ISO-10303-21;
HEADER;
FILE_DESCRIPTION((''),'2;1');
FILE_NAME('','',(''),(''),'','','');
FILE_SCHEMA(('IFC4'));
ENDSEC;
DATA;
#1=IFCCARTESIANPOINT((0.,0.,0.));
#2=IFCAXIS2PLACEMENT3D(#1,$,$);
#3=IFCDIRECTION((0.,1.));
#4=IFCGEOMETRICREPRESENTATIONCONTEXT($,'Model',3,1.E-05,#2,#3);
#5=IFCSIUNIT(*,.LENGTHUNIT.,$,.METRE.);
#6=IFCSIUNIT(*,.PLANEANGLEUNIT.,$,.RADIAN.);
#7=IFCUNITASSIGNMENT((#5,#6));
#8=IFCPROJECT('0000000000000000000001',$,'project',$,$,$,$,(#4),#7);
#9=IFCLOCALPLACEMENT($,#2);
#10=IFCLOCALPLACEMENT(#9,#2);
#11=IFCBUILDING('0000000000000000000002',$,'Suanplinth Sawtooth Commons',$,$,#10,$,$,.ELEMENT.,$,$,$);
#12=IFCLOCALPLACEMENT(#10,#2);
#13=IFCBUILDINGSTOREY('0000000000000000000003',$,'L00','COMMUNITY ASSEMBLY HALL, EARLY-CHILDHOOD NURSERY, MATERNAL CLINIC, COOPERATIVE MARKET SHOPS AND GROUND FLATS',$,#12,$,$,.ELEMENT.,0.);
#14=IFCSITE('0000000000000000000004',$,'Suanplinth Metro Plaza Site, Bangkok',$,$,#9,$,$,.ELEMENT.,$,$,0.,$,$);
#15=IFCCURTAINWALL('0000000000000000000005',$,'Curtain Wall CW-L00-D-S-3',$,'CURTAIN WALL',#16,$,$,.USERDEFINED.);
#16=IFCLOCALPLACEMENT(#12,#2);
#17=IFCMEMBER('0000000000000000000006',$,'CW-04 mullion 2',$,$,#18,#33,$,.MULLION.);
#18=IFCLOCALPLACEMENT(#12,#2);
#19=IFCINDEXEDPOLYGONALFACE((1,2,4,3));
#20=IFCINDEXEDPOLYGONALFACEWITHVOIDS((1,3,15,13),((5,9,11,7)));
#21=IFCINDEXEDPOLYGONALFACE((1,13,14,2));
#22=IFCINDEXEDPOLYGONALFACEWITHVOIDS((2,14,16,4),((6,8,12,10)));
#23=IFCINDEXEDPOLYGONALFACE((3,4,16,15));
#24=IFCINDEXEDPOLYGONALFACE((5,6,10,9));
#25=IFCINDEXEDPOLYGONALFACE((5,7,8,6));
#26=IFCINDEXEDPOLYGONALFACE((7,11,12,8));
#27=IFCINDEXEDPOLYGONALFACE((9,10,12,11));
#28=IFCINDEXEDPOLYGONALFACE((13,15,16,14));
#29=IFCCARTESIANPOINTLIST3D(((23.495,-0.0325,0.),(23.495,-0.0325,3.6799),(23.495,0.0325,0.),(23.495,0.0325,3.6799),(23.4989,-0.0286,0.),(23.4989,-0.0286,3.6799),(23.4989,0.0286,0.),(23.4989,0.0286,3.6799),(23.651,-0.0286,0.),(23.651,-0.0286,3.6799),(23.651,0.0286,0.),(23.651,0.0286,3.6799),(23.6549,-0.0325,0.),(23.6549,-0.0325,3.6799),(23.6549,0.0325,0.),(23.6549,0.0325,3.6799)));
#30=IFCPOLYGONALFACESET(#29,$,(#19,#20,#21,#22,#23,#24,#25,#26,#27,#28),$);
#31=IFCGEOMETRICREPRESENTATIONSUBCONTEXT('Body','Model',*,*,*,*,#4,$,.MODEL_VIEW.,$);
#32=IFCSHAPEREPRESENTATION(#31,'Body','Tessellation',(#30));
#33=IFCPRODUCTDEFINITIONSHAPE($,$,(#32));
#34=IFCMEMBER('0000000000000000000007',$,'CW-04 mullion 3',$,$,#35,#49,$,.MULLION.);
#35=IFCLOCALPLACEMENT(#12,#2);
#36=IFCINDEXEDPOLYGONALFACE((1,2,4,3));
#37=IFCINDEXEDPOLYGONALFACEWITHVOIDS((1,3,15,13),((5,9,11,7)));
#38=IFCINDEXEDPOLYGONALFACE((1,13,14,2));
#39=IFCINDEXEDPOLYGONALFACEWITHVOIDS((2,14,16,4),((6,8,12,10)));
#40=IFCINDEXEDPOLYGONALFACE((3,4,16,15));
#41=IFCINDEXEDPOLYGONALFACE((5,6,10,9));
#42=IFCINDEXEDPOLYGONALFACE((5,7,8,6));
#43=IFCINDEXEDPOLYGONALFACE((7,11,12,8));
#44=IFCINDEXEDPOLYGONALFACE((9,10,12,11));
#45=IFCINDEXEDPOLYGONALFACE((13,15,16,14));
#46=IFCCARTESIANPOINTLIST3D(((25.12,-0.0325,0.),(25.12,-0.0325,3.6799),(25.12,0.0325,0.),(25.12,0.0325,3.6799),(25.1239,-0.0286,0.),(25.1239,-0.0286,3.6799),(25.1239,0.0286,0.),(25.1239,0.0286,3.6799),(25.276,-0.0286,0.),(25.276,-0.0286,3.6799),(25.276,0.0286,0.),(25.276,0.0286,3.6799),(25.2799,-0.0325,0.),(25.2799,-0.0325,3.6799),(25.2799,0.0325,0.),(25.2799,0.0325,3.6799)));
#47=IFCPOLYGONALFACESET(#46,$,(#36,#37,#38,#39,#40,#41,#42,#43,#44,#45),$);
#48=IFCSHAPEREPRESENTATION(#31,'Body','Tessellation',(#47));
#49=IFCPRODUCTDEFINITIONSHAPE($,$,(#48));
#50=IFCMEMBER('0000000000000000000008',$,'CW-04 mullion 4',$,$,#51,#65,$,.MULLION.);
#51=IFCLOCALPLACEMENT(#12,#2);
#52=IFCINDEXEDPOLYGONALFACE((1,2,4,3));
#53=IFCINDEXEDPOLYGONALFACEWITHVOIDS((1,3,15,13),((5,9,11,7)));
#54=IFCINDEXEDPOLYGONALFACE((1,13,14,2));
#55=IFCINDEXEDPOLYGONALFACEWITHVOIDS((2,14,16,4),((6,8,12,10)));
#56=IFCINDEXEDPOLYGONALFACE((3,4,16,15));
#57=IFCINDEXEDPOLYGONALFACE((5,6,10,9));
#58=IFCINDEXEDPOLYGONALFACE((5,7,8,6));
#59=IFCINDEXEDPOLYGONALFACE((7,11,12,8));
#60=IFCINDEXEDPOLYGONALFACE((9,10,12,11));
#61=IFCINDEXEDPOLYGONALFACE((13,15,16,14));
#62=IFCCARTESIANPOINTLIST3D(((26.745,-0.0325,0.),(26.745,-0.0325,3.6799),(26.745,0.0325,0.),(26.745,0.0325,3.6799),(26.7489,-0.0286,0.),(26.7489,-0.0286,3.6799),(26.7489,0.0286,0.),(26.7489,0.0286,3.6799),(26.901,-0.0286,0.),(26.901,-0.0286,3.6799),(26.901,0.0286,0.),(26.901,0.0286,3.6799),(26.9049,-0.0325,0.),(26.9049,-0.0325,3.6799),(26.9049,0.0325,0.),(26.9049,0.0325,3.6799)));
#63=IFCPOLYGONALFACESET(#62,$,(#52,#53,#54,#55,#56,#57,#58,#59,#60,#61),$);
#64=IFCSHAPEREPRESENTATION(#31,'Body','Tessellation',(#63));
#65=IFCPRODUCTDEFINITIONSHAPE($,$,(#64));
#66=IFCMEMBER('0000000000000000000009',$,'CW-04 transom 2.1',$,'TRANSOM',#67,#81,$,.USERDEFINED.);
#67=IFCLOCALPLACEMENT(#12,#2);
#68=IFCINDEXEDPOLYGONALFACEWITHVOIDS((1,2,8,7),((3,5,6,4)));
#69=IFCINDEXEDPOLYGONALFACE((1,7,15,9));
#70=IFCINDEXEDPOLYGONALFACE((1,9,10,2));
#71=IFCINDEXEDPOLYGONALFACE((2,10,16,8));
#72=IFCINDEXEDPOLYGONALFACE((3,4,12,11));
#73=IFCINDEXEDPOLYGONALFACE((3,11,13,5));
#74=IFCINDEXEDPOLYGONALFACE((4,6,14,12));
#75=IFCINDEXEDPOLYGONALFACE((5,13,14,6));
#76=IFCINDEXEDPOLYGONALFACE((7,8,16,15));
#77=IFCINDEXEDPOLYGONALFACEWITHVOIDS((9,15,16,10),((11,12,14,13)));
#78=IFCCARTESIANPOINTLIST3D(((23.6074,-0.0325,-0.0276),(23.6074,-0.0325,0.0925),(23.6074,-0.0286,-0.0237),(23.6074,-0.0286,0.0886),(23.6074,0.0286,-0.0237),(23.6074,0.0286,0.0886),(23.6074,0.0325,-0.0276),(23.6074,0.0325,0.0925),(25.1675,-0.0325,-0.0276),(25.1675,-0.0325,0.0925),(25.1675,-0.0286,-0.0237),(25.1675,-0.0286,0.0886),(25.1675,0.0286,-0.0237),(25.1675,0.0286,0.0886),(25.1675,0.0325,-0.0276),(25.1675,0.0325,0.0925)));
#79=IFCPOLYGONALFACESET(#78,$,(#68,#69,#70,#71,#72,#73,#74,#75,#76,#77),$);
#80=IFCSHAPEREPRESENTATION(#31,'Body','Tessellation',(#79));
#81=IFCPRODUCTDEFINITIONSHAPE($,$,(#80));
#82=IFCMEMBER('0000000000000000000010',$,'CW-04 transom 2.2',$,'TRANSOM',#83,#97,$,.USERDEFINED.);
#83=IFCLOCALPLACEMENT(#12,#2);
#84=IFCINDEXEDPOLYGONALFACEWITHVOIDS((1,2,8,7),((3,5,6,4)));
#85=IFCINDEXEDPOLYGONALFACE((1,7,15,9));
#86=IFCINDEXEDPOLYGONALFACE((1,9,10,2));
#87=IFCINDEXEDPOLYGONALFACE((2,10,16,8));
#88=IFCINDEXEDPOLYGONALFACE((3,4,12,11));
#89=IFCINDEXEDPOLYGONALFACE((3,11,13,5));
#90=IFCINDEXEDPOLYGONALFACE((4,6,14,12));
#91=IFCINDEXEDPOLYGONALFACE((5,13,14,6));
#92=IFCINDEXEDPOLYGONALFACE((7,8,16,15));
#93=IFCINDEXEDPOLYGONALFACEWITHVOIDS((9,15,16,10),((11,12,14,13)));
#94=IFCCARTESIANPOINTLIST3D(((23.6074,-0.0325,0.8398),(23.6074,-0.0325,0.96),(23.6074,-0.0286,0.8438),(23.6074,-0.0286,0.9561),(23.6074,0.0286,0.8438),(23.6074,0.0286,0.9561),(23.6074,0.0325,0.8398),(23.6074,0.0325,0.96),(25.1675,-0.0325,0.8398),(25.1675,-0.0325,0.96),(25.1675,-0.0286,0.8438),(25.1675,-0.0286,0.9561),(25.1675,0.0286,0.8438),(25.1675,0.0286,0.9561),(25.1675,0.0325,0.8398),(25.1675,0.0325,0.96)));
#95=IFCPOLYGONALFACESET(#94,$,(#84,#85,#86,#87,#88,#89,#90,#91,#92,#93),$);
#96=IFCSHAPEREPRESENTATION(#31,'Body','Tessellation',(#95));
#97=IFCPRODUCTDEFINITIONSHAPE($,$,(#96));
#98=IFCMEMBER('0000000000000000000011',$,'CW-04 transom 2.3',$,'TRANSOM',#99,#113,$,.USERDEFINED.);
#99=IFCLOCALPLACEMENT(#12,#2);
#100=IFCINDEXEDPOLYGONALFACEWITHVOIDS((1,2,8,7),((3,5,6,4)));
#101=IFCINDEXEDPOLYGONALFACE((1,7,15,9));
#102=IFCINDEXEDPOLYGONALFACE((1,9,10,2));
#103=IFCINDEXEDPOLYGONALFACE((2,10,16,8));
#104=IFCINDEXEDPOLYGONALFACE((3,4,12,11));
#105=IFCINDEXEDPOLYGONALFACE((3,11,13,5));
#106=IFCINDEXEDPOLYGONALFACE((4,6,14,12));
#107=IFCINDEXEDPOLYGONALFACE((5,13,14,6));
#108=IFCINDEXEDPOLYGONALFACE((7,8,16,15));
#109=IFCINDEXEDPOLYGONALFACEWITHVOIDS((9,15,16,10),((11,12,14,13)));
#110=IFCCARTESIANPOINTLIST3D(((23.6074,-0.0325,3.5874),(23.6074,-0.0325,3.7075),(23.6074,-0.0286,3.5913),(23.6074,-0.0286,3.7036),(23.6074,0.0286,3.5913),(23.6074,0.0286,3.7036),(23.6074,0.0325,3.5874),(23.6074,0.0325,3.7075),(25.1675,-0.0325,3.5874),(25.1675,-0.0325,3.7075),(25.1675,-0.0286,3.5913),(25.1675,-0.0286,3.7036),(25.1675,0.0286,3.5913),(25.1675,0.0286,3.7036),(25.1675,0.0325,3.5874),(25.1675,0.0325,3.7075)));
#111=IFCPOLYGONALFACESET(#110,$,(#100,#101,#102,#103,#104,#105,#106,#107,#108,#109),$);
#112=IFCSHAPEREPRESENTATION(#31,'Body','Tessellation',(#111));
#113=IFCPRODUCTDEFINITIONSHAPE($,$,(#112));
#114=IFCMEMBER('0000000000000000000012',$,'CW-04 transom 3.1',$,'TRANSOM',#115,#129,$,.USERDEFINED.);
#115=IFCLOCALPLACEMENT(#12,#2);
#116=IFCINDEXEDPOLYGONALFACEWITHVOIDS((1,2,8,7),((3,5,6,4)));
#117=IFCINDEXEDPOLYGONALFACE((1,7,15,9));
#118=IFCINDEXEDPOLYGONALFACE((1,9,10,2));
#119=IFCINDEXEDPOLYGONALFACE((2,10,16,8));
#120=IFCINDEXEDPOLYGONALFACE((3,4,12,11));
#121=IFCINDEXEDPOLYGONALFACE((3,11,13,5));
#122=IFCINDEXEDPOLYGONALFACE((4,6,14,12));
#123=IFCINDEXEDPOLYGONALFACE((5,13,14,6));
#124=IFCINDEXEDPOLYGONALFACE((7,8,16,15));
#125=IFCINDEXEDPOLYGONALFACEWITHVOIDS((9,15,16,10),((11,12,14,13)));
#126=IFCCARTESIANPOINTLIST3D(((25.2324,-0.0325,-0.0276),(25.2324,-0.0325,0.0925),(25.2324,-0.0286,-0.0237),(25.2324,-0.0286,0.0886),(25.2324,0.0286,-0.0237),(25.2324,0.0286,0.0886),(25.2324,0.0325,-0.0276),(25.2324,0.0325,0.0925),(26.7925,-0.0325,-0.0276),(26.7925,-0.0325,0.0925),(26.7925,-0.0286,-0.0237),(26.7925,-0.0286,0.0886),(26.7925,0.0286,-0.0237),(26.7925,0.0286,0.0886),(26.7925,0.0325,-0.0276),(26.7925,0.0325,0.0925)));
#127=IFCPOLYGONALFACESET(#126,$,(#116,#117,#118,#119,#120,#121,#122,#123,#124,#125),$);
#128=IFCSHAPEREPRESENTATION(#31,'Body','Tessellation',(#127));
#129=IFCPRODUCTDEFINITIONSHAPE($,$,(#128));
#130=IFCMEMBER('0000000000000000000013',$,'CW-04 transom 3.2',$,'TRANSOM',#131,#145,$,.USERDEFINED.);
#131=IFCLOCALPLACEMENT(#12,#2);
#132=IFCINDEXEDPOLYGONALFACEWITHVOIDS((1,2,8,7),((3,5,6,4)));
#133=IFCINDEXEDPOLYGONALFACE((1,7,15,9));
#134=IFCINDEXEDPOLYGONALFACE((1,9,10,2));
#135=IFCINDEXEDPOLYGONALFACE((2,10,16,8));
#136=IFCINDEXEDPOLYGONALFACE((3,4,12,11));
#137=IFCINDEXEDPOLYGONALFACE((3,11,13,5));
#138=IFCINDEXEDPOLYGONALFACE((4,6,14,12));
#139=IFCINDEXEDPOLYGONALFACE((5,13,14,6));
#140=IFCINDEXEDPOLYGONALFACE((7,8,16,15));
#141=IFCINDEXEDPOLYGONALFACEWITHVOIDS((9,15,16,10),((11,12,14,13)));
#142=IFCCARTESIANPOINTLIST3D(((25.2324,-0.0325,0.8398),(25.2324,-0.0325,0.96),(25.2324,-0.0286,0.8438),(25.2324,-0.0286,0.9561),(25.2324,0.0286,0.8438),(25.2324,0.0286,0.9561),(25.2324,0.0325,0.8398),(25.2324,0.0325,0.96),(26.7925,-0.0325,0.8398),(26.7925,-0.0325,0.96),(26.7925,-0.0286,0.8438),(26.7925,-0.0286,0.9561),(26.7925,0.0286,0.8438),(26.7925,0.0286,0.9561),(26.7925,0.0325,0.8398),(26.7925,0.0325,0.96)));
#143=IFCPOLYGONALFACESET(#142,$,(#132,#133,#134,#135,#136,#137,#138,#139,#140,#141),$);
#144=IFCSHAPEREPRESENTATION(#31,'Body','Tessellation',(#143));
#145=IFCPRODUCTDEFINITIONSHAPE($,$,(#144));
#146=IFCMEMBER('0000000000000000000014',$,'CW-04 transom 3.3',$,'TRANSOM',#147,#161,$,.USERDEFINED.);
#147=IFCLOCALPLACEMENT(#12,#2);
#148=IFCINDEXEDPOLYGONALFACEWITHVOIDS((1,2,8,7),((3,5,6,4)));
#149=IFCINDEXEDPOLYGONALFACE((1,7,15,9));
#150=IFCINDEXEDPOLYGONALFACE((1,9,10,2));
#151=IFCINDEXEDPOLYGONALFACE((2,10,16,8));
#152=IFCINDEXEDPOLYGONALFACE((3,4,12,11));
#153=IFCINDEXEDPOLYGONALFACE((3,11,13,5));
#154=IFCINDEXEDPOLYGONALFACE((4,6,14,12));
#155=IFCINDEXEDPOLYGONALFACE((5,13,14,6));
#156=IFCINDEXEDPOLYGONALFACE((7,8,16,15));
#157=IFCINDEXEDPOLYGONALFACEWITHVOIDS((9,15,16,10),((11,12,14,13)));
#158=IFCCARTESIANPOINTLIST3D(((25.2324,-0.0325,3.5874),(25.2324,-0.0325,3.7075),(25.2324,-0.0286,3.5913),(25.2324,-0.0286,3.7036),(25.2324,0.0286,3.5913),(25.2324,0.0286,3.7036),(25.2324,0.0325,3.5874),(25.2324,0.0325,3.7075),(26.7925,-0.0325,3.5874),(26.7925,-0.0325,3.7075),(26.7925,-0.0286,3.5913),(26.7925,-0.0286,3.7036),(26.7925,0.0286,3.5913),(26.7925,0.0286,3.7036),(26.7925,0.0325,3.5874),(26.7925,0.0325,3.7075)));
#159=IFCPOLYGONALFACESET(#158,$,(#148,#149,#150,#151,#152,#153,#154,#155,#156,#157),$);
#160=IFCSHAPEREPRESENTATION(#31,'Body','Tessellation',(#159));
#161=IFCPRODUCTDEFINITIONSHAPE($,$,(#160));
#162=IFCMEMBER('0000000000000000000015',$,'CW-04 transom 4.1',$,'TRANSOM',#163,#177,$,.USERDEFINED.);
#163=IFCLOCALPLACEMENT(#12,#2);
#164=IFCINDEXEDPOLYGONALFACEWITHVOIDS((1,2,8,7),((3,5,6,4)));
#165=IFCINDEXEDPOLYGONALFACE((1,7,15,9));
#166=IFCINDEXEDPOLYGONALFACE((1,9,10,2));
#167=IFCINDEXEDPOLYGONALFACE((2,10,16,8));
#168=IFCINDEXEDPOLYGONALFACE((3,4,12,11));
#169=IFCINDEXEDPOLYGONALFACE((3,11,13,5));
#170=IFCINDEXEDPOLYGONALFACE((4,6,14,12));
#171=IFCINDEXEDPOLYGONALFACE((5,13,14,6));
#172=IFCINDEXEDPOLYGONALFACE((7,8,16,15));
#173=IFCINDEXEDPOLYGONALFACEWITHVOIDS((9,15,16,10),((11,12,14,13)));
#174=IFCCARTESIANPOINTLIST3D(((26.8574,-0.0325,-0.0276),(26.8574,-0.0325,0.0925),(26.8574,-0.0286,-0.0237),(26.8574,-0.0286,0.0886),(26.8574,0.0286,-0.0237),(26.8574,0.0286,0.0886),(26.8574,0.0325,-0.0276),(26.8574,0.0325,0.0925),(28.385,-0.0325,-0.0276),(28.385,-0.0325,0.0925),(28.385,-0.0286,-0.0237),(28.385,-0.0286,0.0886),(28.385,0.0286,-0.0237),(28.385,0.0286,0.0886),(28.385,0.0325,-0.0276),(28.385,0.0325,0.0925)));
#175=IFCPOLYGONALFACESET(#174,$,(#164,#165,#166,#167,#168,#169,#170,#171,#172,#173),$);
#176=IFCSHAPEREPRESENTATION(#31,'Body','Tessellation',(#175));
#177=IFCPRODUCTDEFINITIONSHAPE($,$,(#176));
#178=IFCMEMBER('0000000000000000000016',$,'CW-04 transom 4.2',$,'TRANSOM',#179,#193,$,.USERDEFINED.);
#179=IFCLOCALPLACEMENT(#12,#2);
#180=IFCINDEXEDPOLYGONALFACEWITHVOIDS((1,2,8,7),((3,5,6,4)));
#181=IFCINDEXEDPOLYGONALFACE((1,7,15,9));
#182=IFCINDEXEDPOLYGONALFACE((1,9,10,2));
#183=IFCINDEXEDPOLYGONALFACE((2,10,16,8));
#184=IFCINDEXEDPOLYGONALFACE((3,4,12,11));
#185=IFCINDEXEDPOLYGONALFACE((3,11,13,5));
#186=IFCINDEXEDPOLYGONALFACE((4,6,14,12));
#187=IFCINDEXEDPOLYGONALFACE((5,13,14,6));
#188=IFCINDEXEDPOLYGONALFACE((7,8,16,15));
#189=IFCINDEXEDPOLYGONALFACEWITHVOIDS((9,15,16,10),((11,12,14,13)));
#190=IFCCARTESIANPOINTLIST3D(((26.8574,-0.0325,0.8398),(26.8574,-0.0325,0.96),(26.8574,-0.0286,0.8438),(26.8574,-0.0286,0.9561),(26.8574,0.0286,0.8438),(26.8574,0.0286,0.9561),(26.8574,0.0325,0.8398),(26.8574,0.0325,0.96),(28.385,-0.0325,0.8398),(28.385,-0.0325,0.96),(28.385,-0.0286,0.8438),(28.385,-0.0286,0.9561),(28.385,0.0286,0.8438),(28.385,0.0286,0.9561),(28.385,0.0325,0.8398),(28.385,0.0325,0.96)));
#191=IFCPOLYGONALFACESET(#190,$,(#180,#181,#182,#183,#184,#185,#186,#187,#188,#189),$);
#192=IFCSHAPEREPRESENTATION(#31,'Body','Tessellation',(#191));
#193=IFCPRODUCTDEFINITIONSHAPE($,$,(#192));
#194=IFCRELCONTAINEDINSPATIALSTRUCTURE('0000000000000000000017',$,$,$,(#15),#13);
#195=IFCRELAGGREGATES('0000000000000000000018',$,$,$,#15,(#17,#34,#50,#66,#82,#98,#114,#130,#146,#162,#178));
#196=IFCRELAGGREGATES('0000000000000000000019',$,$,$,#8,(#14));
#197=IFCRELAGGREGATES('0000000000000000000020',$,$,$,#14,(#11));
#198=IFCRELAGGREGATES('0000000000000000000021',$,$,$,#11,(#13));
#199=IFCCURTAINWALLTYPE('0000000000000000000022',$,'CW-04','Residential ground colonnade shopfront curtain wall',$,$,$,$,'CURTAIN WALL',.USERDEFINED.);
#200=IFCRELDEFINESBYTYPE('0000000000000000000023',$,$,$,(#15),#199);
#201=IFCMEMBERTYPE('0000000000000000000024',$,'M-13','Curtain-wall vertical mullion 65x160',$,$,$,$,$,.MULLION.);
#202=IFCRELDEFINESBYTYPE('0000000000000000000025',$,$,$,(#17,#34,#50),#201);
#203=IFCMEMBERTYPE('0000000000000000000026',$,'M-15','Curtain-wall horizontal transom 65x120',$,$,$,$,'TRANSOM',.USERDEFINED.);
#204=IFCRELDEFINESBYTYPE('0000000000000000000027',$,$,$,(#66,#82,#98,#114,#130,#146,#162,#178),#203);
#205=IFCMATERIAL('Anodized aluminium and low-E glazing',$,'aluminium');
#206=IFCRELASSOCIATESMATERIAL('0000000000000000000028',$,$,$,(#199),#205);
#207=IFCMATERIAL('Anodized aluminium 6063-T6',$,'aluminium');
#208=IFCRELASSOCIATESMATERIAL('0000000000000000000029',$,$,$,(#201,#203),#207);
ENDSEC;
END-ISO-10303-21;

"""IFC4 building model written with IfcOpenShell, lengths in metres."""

from ifc_helpers import new_model, si_unit, direction, frame, origin, origin_2d, place, context, subcontext, project, spatial, hollow_rectangle, extrude, material, material_profile, profile_set, type_object, element, aggregate, save


model = new_model("IFC4")

# Units and contexts
model_context = context("Model", 3, precision=1e-05, world=origin(), true_north=direction((0.0, 1.0)))
body_context = subcontext(model_context, "Body", "Model", "MODEL_VIEW")
ifc_project = project(units=[si_unit("LENGTHUNIT", "METRE"), si_unit("PLANEANGLEUNIT", "RADIAN")], contexts=[model_context])

# Site, building, storey
site_placement = place(None, origin())
site = spatial("IfcSite", under=ifc_project, at=site_placement, Name="Suanplinth Metro Plaza Site, Bangkok", CompositionType="ELEMENT", RefElevation=0.0)
building_placement = place(site_placement, origin())
building = spatial("IfcBuilding", under=site, at=building_placement, Name="Suanplinth Sawtooth Commons", CompositionType="ELEMENT")
storey_placement = place(building_placement, origin())
storey = spatial("IfcBuildingStorey", under=building, at=storey_placement, Name="L00", Description="COMMUNITY ASSEMBLY HALL, EARLY-CHILDHOOD NURSERY, MATERNAL CLINIC, COOPERATIVE MARKET SHOPS AND GROUND FLATS", CompositionType="ELEMENT", Elevation=0.0)

# Curtain wall, members
ifc_material_1 = material(Name="Anodized aluminium and low-E glazing", Category="aluminium")
curtain_wall_type = type_object("IfcCurtainWallType", Name="CW-04", Description="Residential ground colonnade shopfront curtain wall", ElementType="CURTAIN WALL", PredefinedType="USERDEFINED", material=ifc_material_1)
curtain_wall_placement = place(storey_placement, origin())
curtain_wall = element("IfcCurtainWall", 1, at=curtain_wall_placement, inside=storey, type_object=curtain_wall_type, Name="Curtain Wall CW-L00-D-S-3", ObjectType="CURTAIN WALL", PredefinedType="USERDEFINED")
ifc_material_2 = material(Name="Anodized aluminium 6063-T6", Category="aluminium")
ifc_material_profile_1 = material_profile(ifc_material_2, hollow_rectangle(XDim=0.0649, YDim=0.1599, WallThickness=0.0039, at=origin_2d()), Name="ALU-MUL 65x160")
ifc_profile_set_1 = profile_set([ifc_material_profile_1], Name="Anodized aluminium 6063-T6")
member_type_1 = type_object("IfcMemberType", Name="M-13", Description="Curtain-wall vertical mullion 65x160", PredefinedType="MULLION", material=ifc_profile_set_1)
member_1_placement = place(storey_placement, frame((23.575, 0.0, 0.0), z_axis=(0.0, 0.0, 1.0), x_axis=(0.0, 1.0, 0.0)))
member_1 = element("IfcMember", 2, at=member_1_placement, type_object=member_type_1, Name="CW-04 mullion 2", PredefinedType="MULLION", context=body_context, shape_type="SweptSolid", body=[
    extrude(hollow_rectangle(XDim=0.0649, YDim=0.1599, WallThickness=0.0039, at=origin_2d()), origin(), (0.0, 0.0, 1.0), 3.6799),
])
member_2_placement = place(storey_placement, frame((25.2, 0.0, 0.0), z_axis=(0.0, 0.0, 1.0), x_axis=(0.0, 1.0, 0.0)))
member_2 = element("IfcMember", 3, at=member_2_placement, type_object=member_type_1, Name="CW-04 mullion 3", PredefinedType="MULLION", context=body_context, shape_type="SweptSolid", body=[
    extrude(hollow_rectangle(XDim=0.0649, YDim=0.1599, WallThickness=0.0039, at=origin_2d()), origin(), (0.0, 0.0, 1.0), 3.6799),
])
member_3_placement = place(storey_placement, frame((26.825, 0.0, 0.0), z_axis=(0.0, 0.0, 1.0), x_axis=(0.0, 1.0, 0.0)))
member_3 = element("IfcMember", 4, at=member_3_placement, type_object=member_type_1, Name="CW-04 mullion 4", PredefinedType="MULLION", context=body_context, shape_type="SweptSolid", body=[
    extrude(hollow_rectangle(XDim=0.0649, YDim=0.1599, WallThickness=0.0039, at=origin_2d()), origin(), (0.0, 0.0, 1.0), 3.6799),
])
ifc_material_profile_2 = material_profile(ifc_material_2, hollow_rectangle(XDim=0.0649, YDim=0.1201, WallThickness=0.0039, at=origin_2d()), Name="ALU-TRN 65x120")
ifc_profile_set_2 = profile_set([ifc_material_profile_2], Name="Anodized aluminium 6063-T6")
member_type_2 = type_object("IfcMemberType", Name="M-15", Description="Curtain-wall horizontal transom 65x120", ElementType="TRANSOM", PredefinedType="USERDEFINED", material=ifc_profile_set_2)
member_4_placement = place(storey_placement, frame((23.6074, 0.0, 0.0325), z_axis=(1.0, 0.0, 0.0), x_axis=(0.0, 1.0, 0.0)))
member_4 = element("IfcMember", 5, at=member_4_placement, type_object=member_type_2, Name="CW-04 transom 2.1", ObjectType="TRANSOM", PredefinedType="USERDEFINED", context=body_context, shape_type="SweptSolid", body=[
    extrude(hollow_rectangle(XDim=0.0649, YDim=0.1201, WallThickness=0.0039, at=origin_2d()), origin(), (0.0, 0.0, 1.0), 1.5601),
])
member_5_placement = place(storey_placement, frame((23.6074, 0.0, 0.8999), z_axis=(1.0, 0.0, 0.0), x_axis=(0.0, 1.0, 0.0)))
member_5 = element("IfcMember", 6, at=member_5_placement, type_object=member_type_2, Name="CW-04 transom 2.2", ObjectType="TRANSOM", PredefinedType="USERDEFINED", context=body_context, shape_type="SweptSolid", body=[
    extrude(hollow_rectangle(XDim=0.0649, YDim=0.1201, WallThickness=0.0039, at=origin_2d()), origin(), (0.0, 0.0, 1.0), 1.5601),
])
member_6_placement = place(storey_placement, frame((23.6074, 0.0, 3.6475), z_axis=(1.0, 0.0, 0.0), x_axis=(0.0, 1.0, 0.0)))
member_6 = element("IfcMember", 7, at=member_6_placement, type_object=member_type_2, Name="CW-04 transom 2.3", ObjectType="TRANSOM", PredefinedType="USERDEFINED", context=body_context, shape_type="SweptSolid", body=[
    extrude(hollow_rectangle(XDim=0.0649, YDim=0.1201, WallThickness=0.0039, at=origin_2d()), origin(), (0.0, 0.0, 1.0), 1.5601),
])
member_7_placement = place(storey_placement, frame((25.2324, 0.0, 0.0325), z_axis=(1.0, 0.0, 0.0), x_axis=(0.0, 1.0, 0.0)))
member_7 = element("IfcMember", 8, at=member_7_placement, type_object=member_type_2, Name="CW-04 transom 3.1", ObjectType="TRANSOM", PredefinedType="USERDEFINED", context=body_context, shape_type="SweptSolid", body=[
    extrude(hollow_rectangle(XDim=0.0649, YDim=0.1201, WallThickness=0.0039, at=origin_2d()), origin(), (0.0, 0.0, 1.0), 1.5601),
])
member_8_placement = place(storey_placement, frame((25.2324, 0.0, 0.8999), z_axis=(1.0, 0.0, 0.0), x_axis=(0.0, 1.0, 0.0)))
member_8 = element("IfcMember", 9, at=member_8_placement, type_object=member_type_2, Name="CW-04 transom 3.2", ObjectType="TRANSOM", PredefinedType="USERDEFINED", context=body_context, shape_type="SweptSolid", body=[
    extrude(hollow_rectangle(XDim=0.0649, YDim=0.1201, WallThickness=0.0039, at=origin_2d()), origin(), (0.0, 0.0, 1.0), 1.5601),
])
member_9_placement = place(storey_placement, frame((25.2324, 0.0, 3.6475), z_axis=(1.0, 0.0, 0.0), x_axis=(0.0, 1.0, 0.0)))
member_9 = element("IfcMember", 10, at=member_9_placement, type_object=member_type_2, Name="CW-04 transom 3.3", ObjectType="TRANSOM", PredefinedType="USERDEFINED", context=body_context, shape_type="SweptSolid", body=[
    extrude(hollow_rectangle(XDim=0.0649, YDim=0.1201, WallThickness=0.0039, at=origin_2d()), origin(), (0.0, 0.0, 1.0), 1.5601),
])
member_10_placement = place(storey_placement, frame((26.8574, 0.0, 0.0325), z_axis=(1.0, 0.0, 0.0), x_axis=(0.0, 1.0, 0.0)))
member_10 = element("IfcMember", 11, at=member_10_placement, type_object=member_type_2, Name="CW-04 transom 4.1", ObjectType="TRANSOM", PredefinedType="USERDEFINED", context=body_context, shape_type="SweptSolid", body=[
    extrude(hollow_rectangle(XDim=0.0649, YDim=0.1201, WallThickness=0.0039, at=origin_2d()), origin(), (0.0, 0.0, 1.0), 1.5276),
])
member_11_placement = place(storey_placement, frame((26.8574, 0.0, 0.8999), z_axis=(1.0, 0.0, 0.0), x_axis=(0.0, 1.0, 0.0)))
member_11 = element("IfcMember", 12, at=member_11_placement, type_object=member_type_2, Name="CW-04 transom 4.2", ObjectType="TRANSOM", PredefinedType="USERDEFINED", context=body_context, shape_type="SweptSolid", body=[
    extrude(hollow_rectangle(XDim=0.0649, YDim=0.1201, WallThickness=0.0039, at=origin_2d()), origin(), (0.0, 0.0, 1.0), 1.5276),
])
aggregate(curtain_wall, [member_1, member_2, member_3, member_4, member_5, member_6, member_7, member_8, member_9, member_10, member_11])

save(model, "model.ifc")
